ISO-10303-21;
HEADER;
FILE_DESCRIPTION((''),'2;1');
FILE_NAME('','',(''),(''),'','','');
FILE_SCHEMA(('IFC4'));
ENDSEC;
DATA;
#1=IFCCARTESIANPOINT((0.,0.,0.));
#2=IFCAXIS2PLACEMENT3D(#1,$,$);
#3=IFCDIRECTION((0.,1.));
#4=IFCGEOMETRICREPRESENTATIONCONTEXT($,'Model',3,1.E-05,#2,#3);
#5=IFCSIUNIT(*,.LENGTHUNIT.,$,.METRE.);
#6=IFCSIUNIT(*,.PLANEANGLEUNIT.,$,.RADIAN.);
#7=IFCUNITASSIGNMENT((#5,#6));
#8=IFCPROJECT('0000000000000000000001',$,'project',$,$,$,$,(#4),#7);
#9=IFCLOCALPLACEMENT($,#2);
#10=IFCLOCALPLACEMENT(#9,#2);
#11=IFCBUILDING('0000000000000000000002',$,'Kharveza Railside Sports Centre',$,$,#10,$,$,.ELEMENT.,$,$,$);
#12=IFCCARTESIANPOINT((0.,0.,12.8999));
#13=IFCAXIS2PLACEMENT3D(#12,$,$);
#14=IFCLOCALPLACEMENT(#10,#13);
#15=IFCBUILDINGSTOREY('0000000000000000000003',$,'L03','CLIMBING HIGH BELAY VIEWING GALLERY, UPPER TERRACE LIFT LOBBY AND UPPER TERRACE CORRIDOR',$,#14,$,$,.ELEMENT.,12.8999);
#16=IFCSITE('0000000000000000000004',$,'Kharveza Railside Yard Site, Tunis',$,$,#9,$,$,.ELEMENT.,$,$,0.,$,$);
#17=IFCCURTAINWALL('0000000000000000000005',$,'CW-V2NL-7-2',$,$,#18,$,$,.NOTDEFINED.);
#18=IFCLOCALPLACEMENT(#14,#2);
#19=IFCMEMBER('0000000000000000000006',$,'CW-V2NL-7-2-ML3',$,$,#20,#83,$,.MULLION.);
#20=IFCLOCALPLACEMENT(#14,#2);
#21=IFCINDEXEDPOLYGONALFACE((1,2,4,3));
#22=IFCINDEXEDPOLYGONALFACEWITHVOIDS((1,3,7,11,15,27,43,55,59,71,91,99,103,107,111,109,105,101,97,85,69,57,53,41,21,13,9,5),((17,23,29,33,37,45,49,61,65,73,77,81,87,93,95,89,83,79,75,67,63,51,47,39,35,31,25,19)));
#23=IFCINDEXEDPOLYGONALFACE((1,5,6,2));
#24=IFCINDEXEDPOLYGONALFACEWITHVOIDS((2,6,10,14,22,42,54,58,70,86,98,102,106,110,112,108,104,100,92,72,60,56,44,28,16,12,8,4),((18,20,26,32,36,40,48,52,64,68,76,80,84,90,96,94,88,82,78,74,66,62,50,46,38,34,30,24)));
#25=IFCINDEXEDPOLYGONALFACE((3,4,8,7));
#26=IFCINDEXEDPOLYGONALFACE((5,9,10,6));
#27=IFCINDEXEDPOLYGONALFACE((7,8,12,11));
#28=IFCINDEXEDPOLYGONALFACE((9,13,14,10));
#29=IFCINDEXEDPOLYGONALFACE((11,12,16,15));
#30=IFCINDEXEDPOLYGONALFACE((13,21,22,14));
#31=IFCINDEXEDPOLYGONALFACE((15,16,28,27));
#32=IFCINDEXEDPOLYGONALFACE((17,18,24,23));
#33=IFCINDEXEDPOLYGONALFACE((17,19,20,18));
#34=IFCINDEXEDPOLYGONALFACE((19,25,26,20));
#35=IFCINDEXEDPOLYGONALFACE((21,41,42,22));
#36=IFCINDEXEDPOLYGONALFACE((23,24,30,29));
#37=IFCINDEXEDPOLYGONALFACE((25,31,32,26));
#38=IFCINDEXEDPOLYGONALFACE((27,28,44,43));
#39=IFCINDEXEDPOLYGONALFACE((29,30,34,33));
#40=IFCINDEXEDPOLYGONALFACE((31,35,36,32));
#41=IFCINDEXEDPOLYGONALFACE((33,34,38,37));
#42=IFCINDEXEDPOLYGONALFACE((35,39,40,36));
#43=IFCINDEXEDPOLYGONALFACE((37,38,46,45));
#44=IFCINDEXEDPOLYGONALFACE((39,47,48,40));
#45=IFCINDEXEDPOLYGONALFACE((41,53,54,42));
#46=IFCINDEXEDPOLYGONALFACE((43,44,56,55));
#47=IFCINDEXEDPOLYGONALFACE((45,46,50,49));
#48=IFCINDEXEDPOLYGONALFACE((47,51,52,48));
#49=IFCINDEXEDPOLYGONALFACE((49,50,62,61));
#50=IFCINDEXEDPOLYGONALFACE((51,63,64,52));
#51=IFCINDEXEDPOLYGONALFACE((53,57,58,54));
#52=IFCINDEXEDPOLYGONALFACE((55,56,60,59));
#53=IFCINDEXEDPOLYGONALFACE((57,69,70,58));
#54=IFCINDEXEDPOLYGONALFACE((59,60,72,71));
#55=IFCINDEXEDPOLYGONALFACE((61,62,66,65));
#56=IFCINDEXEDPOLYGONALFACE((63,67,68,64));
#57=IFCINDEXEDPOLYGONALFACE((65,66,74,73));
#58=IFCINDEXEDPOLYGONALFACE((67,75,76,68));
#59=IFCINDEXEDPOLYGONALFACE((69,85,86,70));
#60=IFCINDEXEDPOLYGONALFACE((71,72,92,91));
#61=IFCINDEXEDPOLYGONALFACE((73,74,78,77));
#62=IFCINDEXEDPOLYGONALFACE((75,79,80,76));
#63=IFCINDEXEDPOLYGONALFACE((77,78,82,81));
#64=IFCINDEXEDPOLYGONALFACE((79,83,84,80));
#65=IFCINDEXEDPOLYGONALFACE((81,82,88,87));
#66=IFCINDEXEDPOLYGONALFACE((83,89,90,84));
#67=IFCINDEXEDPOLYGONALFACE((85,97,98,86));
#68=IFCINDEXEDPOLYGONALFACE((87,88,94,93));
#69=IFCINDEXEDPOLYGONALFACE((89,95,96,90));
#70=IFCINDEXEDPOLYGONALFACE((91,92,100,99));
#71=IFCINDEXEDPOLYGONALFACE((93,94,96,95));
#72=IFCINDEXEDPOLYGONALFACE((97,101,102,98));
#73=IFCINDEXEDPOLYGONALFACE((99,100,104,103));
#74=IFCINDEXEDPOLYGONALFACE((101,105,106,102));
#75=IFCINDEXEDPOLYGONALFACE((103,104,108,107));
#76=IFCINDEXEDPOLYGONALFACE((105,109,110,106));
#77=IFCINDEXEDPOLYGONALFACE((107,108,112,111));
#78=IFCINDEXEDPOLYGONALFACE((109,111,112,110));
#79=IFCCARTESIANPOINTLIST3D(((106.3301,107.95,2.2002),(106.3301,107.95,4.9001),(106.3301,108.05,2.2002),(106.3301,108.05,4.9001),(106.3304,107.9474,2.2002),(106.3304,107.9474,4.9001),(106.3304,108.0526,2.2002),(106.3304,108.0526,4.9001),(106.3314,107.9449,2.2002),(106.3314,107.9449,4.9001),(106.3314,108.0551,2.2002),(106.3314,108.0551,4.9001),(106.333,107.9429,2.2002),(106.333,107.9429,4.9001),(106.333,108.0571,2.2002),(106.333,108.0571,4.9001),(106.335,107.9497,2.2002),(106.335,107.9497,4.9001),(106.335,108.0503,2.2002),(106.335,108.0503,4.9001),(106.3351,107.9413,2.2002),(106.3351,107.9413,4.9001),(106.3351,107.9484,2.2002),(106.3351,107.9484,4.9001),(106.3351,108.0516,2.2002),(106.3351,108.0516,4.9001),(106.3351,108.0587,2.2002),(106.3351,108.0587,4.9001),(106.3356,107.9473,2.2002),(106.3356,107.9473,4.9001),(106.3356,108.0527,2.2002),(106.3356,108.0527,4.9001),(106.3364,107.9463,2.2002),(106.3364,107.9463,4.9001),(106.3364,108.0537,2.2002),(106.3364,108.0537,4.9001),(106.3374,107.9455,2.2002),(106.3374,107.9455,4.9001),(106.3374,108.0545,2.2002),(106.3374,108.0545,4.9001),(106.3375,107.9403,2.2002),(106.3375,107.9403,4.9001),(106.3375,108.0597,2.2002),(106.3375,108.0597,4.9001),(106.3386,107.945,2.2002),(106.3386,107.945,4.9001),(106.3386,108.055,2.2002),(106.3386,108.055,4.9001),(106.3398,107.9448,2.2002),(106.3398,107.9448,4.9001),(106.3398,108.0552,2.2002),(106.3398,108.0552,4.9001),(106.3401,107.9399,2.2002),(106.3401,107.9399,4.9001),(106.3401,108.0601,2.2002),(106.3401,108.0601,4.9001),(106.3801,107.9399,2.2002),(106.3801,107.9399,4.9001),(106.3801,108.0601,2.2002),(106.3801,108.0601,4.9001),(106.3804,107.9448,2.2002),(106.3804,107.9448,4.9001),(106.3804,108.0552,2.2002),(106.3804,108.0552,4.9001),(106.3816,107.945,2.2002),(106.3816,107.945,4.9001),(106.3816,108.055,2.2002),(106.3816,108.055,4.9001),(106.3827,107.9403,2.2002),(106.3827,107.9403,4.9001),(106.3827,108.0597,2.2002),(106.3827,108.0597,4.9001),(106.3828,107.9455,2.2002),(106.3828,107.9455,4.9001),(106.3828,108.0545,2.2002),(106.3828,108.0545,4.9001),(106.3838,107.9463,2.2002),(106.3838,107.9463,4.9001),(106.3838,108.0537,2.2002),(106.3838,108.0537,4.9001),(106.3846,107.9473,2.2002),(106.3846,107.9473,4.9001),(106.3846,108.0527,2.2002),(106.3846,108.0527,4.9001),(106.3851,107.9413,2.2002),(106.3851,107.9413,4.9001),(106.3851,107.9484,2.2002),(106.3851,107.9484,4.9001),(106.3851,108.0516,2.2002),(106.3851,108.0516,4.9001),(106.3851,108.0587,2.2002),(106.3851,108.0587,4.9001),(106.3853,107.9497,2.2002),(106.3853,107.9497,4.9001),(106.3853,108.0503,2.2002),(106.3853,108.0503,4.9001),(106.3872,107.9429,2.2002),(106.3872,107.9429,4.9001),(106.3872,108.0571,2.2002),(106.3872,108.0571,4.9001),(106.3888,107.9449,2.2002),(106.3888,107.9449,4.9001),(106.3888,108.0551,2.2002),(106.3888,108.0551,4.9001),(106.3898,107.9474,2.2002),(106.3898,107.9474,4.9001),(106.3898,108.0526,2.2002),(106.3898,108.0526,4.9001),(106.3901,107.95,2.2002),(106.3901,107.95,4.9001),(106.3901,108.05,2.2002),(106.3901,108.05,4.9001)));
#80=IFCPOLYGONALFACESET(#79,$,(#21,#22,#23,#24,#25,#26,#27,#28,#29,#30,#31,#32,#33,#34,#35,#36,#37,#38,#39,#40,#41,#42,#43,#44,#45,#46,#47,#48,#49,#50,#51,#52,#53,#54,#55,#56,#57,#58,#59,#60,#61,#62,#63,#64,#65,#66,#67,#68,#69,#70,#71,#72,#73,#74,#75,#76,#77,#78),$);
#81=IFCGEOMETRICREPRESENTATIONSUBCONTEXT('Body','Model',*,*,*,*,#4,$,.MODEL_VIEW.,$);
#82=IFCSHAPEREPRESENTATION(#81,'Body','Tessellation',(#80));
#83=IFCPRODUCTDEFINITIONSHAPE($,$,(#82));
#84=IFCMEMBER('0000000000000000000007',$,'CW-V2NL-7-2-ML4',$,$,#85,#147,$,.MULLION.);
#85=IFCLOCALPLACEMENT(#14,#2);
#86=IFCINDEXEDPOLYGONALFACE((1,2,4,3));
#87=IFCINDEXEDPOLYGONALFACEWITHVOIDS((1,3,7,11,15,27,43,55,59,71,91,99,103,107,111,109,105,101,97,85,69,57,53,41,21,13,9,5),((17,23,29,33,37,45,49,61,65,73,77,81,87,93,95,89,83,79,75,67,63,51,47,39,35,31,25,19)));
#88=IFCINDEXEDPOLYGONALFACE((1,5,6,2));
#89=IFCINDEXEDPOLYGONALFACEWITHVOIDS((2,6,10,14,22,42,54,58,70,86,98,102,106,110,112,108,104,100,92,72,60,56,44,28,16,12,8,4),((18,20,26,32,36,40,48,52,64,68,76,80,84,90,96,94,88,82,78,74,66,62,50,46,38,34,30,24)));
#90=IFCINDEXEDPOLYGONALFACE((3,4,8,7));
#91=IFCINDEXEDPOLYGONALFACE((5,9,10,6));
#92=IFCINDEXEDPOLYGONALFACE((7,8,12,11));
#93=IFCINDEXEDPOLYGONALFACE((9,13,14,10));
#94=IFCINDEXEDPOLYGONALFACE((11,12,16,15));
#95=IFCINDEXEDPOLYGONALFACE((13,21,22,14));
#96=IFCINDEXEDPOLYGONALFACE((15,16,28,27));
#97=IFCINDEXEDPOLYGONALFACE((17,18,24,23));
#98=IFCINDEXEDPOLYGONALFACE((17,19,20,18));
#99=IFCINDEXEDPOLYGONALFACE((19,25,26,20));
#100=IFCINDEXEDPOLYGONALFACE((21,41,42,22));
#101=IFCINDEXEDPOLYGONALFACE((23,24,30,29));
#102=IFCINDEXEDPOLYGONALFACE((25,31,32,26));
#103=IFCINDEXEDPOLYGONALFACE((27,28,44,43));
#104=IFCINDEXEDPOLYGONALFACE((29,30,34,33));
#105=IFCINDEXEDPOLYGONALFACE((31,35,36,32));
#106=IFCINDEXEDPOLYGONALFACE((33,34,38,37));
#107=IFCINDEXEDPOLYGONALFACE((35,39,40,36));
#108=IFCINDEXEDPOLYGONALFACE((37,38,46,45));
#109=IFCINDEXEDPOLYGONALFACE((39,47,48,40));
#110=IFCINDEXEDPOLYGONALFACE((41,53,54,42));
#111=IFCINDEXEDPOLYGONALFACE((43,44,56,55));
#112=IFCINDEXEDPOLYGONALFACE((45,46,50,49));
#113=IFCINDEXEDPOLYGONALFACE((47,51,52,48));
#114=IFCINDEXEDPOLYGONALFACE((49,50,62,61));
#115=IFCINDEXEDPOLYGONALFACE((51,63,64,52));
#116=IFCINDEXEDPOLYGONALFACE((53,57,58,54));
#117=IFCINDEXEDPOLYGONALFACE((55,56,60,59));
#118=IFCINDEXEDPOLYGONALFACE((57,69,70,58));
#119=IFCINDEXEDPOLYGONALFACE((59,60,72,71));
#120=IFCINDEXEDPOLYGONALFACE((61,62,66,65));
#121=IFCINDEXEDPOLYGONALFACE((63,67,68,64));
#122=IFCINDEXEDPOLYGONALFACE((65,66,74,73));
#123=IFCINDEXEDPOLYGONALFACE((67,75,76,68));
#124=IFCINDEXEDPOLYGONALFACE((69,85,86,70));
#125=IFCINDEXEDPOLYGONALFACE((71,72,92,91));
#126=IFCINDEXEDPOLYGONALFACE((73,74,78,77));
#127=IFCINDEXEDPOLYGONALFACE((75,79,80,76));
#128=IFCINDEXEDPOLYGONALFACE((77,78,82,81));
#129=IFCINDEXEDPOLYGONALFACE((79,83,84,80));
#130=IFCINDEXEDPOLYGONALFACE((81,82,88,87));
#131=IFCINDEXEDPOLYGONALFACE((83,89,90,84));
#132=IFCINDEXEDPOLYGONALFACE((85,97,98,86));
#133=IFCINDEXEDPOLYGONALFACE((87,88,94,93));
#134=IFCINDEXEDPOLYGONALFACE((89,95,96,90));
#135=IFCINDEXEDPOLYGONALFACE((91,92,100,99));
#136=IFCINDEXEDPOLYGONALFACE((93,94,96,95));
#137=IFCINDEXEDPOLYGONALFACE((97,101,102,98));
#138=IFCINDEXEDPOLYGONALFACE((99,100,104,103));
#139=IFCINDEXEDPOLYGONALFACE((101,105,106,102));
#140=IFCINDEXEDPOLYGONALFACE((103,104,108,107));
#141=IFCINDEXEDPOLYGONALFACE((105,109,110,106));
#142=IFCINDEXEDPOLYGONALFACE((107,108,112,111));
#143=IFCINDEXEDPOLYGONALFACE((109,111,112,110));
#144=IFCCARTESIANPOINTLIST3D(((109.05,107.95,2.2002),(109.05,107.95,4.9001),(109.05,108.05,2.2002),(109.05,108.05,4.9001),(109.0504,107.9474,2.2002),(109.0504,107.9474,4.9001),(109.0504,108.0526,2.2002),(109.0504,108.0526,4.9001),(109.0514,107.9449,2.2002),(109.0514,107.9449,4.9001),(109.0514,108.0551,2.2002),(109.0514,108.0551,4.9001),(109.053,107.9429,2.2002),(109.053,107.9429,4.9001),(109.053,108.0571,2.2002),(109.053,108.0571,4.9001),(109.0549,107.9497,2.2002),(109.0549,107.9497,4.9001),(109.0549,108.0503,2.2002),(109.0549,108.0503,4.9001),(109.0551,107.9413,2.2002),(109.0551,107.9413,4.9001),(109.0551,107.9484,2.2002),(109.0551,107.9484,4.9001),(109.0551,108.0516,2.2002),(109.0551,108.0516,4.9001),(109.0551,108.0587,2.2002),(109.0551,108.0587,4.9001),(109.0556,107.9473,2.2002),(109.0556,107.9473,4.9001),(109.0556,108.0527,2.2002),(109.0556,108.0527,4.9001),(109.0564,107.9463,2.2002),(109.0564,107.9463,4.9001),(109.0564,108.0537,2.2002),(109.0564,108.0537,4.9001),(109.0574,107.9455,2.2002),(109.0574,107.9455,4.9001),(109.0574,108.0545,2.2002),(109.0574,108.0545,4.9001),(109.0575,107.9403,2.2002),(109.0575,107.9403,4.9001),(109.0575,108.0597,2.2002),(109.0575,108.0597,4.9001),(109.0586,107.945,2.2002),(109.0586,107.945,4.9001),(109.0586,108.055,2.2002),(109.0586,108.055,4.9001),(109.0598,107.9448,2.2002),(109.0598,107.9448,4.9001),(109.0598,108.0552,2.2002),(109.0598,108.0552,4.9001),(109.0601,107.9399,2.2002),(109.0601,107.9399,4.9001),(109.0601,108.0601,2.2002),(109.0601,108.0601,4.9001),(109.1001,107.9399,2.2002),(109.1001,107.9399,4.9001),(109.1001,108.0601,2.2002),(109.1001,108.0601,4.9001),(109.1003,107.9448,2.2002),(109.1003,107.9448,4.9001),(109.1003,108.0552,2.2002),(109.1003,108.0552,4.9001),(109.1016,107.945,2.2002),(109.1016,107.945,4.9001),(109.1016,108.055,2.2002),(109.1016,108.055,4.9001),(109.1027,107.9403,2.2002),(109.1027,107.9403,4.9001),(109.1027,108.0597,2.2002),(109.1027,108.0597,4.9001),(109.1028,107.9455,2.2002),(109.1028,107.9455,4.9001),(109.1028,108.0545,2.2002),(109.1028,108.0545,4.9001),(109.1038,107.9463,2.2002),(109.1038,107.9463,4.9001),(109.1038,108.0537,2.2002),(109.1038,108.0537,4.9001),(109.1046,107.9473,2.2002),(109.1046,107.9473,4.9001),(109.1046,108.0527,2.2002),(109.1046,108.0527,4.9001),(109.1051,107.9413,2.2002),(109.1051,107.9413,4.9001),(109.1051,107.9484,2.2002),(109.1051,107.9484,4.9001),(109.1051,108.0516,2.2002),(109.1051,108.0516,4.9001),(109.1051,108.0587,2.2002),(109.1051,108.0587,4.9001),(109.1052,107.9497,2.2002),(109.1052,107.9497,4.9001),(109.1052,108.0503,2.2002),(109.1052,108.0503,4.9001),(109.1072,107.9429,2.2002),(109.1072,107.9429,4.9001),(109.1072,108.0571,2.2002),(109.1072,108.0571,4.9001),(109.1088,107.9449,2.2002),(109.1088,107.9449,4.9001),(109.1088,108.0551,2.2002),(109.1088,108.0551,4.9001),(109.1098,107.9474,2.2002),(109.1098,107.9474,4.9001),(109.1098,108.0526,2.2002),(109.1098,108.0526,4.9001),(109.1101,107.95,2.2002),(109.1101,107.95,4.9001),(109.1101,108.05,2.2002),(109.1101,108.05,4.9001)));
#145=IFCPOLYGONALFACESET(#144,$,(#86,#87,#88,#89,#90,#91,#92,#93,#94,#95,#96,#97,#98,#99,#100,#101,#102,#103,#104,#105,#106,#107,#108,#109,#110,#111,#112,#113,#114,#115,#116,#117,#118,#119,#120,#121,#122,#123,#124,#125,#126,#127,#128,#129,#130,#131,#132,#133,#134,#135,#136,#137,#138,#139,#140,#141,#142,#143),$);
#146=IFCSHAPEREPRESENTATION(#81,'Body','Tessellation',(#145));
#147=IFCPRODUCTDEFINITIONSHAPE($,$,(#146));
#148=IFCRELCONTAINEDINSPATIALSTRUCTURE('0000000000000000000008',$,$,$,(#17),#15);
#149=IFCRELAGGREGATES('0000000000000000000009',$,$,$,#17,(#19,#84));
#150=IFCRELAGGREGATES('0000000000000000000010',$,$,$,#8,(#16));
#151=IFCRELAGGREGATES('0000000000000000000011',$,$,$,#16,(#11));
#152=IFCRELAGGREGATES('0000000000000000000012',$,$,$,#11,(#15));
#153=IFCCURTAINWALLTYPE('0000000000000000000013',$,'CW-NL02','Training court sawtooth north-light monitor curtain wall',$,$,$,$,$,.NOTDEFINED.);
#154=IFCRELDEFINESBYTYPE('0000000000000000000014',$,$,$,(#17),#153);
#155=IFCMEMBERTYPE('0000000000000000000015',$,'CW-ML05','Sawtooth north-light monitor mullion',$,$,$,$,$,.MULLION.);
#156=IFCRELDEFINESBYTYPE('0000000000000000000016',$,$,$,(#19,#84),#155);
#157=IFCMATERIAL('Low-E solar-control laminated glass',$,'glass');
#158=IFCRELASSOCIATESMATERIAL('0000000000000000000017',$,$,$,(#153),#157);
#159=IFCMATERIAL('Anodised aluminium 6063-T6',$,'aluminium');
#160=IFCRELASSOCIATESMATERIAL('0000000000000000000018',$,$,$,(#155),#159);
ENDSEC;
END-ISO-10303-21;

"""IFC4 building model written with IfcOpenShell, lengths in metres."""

from ifc_helpers import new_model, si_unit, direction, frame, origin, origin_2d, place, context, subcontext, project, spatial, hollow_rectangle, extrude, material, material_profile, profile_set, type_object, element, aggregate, save


model = new_model("IFC4")

# Units and contexts
model_context = context("Model", 3, precision=1e-05, world=origin(), true_north=direction((0.0, 1.0)))
body_context = subcontext(model_context, "Body", "Model", "MODEL_VIEW")
ifc_project = project(units=[si_unit("LENGTHUNIT", "METRE"), si_unit("PLANEANGLEUNIT", "RADIAN")], contexts=[model_context])

# Site, building, storey
site_placement = place(None, origin())
site = spatial("IfcSite", under=ifc_project, at=site_placement, Name="Kharveza Railside Yard Site, Tunis", CompositionType="ELEMENT", RefElevation=0.0)
building_placement = place(site_placement, origin())
building = spatial("IfcBuilding", under=site, at=building_placement, Name="Kharveza Railside Sports Centre", CompositionType="ELEMENT")
storey_placement = place(building_placement, frame((0.0, 0.0, 12.8999)))
storey = spatial("IfcBuildingStorey", under=building, at=storey_placement, Name="L03", Description="CLIMBING HIGH BELAY VIEWING GALLERY, UPPER TERRACE LIFT LOBBY AND UPPER TERRACE CORRIDOR", CompositionType="ELEMENT", Elevation=12.8999)

# Curtain wall, members
ifc_material_1 = material(Name="Low-E solar-control laminated glass", Category="glass")
curtain_wall_type = type_object("IfcCurtainWallType", Name="CW-NL02", Description="Training court sawtooth north-light monitor curtain wall", PredefinedType="NOTDEFINED", material=ifc_material_1)
ifc_material_2 = material(Name="Anodised aluminium 6063-T6", Category="aluminium")
ifc_material_profile_1 = material_profile(ifc_material_2, hollow_rectangle(XDim=0.0601, YDim=0.1201, WallThickness=0.0049, InnerFilletRadius=0.0049, OuterFilletRadius=0.01, at=origin_2d()), Name="RHS 60x120x5.0")
ifc_profile_set_1 = profile_set([ifc_material_profile_1], Name="Anodised aluminium 6063-T6")
member_type_1 = type_object("IfcMemberType", Name="CW-ML05", Description="Sawtooth north-light monitor mullion", PredefinedType="MULLION", material=ifc_profile_set_1)
curtain_wall_1_placement = place(storey_placement, origin())
curtain_wall_1 = element("IfcCurtainWall", 1, at=curtain_wall_1_placement, inside=storey, type_object=curtain_wall_type, Name="CW-V2NL-7-2", PredefinedType="NOTDEFINED")
member_1_placement = place(storey_placement, frame((106.3601, 108.0, 2.2002), z_axis=(0.0, 0.0, 1.0), x_axis=(1.0, 0.0, 0.0)))
member_1 = element("IfcMember", 2, at=member_1_placement, type_object=member_type_1, Name="CW-V2NL-7-2-ML3", PredefinedType="MULLION", context=body_context, shape_type="SweptSolid", body=[
    extrude(hollow_rectangle(XDim=0.0601, YDim=0.1201, WallThickness=0.0049, InnerFilletRadius=0.0049, OuterFilletRadius=0.01, at=origin_2d()), origin(), (0.0, 0.0, 1.0), 2.7),
])
member_2_placement = place(storey_placement, frame((109.0801, 108.0, 2.2002), z_axis=(0.0, 0.0, 1.0), x_axis=(1.0, 0.0, 0.0)))
member_2 = element("IfcMember", 3, at=member_2_placement, type_object=member_type_1, Name="CW-V2NL-7-2-ML4", PredefinedType="MULLION", context=body_context, shape_type="SweptSolid", body=[
    extrude(hollow_rectangle(XDim=0.0601, YDim=0.1201, WallThickness=0.0049, InnerFilletRadius=0.0049, OuterFilletRadius=0.01, at=origin_2d()), origin(), (0.0, 0.0, 1.0), 2.7),
])

aggregate(curtain_wall_1, [member_1, member_2])

save(model, "model.ifc")
